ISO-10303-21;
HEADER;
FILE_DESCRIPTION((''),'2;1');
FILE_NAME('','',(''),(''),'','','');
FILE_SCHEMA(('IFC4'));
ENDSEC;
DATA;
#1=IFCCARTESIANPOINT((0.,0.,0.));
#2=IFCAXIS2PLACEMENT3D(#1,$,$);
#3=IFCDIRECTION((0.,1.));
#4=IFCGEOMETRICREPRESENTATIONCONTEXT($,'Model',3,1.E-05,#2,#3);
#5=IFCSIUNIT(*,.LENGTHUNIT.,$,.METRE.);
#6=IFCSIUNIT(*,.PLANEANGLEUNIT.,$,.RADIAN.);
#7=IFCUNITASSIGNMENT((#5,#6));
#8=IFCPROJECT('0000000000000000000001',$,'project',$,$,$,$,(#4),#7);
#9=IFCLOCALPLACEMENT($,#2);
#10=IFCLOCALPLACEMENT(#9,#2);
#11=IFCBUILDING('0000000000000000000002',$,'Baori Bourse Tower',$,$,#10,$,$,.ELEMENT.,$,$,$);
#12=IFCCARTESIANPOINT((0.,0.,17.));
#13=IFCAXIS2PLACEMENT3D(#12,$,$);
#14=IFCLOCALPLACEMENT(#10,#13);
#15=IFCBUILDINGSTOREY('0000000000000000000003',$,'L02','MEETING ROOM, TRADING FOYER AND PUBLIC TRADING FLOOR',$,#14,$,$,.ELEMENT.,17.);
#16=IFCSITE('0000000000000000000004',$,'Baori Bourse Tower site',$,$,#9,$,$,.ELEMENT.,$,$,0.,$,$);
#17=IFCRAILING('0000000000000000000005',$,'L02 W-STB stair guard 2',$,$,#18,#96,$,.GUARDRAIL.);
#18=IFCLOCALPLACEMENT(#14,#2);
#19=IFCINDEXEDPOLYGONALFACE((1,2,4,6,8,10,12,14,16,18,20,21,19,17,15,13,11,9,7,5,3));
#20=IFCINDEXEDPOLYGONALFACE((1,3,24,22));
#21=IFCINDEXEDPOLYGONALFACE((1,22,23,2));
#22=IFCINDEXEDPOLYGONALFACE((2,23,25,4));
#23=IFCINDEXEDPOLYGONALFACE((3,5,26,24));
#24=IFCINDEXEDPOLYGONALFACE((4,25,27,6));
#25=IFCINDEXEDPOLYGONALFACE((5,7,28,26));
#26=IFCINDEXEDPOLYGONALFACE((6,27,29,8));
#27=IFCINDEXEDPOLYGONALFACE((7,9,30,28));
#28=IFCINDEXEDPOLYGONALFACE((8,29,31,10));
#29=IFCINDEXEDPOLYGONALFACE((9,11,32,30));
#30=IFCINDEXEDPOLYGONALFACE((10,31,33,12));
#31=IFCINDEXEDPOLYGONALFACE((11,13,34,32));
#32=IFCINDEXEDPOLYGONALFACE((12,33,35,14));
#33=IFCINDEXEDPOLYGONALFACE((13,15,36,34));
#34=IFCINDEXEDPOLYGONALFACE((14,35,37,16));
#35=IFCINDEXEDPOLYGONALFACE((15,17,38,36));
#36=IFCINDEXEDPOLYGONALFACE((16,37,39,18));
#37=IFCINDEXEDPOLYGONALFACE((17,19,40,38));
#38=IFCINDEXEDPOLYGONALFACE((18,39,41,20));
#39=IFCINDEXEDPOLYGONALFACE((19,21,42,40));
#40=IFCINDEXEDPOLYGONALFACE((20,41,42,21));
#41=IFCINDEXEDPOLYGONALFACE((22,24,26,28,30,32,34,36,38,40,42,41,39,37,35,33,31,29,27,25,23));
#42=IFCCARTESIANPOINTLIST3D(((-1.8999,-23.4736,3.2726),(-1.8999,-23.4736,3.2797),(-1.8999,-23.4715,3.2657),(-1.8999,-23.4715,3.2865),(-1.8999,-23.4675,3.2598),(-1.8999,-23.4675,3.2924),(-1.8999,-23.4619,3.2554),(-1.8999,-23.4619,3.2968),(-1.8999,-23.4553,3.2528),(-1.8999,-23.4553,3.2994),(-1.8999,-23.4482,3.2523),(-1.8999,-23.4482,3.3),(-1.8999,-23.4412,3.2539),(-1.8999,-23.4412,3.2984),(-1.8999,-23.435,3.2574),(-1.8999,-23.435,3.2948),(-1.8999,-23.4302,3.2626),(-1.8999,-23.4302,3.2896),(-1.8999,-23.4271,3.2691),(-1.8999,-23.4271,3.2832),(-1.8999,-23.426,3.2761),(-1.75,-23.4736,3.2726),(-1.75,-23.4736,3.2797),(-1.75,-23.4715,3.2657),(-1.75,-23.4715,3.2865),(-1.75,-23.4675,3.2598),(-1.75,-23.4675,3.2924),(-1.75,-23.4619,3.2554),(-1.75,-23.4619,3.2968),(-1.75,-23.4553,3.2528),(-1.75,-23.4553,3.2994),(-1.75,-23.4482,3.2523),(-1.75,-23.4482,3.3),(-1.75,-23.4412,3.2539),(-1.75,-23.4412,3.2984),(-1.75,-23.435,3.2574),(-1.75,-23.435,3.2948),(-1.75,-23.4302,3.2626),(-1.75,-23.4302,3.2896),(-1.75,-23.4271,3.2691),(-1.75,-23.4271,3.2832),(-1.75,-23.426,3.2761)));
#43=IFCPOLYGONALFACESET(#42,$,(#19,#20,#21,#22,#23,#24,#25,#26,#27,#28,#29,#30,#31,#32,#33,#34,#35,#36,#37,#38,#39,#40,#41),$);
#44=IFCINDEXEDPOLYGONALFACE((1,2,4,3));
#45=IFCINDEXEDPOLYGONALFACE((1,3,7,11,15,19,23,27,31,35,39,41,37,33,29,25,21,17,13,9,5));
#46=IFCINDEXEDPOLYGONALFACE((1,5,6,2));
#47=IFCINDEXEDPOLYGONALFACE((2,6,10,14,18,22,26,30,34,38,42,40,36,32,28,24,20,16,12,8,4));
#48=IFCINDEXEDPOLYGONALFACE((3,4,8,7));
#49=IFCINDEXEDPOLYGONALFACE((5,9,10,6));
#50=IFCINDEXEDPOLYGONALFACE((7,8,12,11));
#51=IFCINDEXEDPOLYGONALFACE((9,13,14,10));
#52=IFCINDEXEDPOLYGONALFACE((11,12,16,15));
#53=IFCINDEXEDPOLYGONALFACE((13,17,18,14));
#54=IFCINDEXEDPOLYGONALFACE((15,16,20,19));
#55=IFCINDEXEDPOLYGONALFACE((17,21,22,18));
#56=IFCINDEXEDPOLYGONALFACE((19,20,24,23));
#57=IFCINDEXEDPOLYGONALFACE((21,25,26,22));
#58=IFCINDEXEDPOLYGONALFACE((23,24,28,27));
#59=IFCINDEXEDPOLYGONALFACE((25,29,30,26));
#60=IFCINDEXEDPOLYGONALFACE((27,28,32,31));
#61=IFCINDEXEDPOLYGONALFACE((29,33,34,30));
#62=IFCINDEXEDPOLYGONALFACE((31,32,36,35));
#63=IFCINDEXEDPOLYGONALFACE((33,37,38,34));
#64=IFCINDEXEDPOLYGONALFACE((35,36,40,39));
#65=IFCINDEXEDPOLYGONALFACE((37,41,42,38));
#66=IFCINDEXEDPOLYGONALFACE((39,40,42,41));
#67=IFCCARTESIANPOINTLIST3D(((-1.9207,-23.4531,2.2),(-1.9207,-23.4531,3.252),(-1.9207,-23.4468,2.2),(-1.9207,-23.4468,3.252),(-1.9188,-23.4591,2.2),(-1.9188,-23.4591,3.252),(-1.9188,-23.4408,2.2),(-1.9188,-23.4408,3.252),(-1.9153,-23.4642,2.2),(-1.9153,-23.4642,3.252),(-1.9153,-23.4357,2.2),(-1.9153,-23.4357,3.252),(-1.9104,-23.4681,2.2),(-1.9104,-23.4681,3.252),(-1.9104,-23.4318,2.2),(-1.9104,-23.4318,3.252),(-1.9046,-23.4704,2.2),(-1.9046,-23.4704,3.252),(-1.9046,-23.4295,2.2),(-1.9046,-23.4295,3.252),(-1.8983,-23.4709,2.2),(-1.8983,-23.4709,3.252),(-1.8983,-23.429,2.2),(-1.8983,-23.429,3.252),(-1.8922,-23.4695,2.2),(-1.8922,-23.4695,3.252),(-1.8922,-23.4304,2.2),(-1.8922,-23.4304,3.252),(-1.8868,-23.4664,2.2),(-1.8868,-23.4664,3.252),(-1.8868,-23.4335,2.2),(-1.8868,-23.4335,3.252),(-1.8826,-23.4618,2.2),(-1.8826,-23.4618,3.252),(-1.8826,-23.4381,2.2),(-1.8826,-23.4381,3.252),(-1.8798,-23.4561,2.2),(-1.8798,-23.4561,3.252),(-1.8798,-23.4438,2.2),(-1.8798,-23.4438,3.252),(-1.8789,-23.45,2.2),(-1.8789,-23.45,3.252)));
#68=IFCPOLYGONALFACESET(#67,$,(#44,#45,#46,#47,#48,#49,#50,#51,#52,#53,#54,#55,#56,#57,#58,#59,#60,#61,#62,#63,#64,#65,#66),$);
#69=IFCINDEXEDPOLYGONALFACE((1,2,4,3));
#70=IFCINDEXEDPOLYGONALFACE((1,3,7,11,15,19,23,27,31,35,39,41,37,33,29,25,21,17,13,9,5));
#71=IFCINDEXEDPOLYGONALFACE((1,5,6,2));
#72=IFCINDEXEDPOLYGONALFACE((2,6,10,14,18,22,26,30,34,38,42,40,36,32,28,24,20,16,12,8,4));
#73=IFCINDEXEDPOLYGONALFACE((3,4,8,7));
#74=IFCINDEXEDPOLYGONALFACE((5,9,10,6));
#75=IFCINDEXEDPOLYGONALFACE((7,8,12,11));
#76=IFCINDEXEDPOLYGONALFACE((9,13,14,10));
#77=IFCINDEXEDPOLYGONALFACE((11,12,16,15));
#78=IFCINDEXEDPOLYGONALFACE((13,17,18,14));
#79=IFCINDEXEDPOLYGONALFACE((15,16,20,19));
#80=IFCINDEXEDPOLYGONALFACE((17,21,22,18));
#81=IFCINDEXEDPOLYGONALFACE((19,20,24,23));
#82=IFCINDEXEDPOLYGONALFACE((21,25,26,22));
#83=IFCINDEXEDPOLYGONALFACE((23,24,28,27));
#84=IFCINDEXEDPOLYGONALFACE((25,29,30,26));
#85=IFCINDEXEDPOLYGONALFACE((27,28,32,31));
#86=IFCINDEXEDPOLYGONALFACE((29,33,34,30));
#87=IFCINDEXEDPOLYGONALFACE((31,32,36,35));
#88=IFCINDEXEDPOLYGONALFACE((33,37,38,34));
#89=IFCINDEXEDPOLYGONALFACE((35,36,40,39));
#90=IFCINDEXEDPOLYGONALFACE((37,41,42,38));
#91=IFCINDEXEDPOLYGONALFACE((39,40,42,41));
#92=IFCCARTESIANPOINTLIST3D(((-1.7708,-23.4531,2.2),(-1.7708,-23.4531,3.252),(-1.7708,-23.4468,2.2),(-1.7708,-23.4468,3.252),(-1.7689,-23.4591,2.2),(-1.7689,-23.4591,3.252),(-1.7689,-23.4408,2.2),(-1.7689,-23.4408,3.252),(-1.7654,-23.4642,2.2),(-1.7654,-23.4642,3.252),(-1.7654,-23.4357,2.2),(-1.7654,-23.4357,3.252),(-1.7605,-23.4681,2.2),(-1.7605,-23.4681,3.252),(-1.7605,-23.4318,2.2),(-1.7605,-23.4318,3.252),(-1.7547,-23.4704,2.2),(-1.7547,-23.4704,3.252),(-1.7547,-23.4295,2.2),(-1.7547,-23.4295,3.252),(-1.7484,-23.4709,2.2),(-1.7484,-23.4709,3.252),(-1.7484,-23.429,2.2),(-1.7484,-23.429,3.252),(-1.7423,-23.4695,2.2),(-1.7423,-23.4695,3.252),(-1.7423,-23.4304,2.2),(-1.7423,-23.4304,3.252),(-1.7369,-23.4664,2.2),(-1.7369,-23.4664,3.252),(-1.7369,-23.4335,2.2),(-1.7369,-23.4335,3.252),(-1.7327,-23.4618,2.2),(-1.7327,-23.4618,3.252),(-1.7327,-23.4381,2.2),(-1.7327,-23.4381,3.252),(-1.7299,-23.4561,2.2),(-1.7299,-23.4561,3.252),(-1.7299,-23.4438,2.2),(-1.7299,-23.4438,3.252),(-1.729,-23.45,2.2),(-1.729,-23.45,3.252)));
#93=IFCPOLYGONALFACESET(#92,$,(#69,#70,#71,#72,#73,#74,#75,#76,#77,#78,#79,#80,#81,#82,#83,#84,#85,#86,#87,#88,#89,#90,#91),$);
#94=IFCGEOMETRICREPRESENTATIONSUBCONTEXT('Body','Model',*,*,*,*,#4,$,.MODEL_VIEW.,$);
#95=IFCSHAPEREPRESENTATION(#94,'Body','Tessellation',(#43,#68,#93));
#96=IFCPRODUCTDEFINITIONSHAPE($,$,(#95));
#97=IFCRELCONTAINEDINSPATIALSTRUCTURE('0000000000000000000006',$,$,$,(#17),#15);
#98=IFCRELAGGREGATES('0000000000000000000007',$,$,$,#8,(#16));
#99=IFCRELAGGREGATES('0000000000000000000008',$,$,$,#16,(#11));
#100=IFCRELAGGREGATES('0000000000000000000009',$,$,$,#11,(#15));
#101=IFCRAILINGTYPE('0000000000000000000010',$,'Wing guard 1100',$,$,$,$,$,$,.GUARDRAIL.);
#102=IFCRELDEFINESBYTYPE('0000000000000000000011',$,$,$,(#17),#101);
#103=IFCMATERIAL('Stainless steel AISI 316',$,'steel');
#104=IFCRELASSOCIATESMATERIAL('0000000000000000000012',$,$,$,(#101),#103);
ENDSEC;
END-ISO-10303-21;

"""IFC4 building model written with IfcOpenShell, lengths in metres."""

from ifc_helpers import new_model, si_unit, direction, frame, origin, origin_2d, place, context, subcontext, project, spatial, circle, extrude, material, type_object, element, save


model = new_model("IFC4")

# Units and contexts
model_context = context("Model", 3, precision=1e-05, world=origin(), true_north=direction((0.0, 1.0)))
body_context = subcontext(model_context, "Body", "Model", "MODEL_VIEW")
ifc_project = project(units=[si_unit("LENGTHUNIT", "METRE"), si_unit("PLANEANGLEUNIT", "RADIAN")], contexts=[model_context])

# Site, building, storey
site_placement = place(None, origin())
site = spatial("IfcSite", under=ifc_project, at=site_placement, Name="Baori Bourse Tower site", CompositionType="ELEMENT", RefElevation=0.0)
building_placement = place(site_placement, origin())
building = spatial("IfcBuilding", under=site, at=building_placement, Name="Baori Bourse Tower", CompositionType="ELEMENT")
storey_placement = place(building_placement, frame((0.0, 0.0, 17.0)))
storey = spatial("IfcBuildingStorey", under=building, at=storey_placement, Name="L02", Description="MEETING ROOM, TRADING FOYER AND PUBLIC TRADING FLOOR", CompositionType="ELEMENT", Elevation=17.0)

# Railing
ifc_material_1 = material(Name="Stainless steel AISI 316", Category="steel")
railing_type_1 = type_object("IfcRailingType", Name="Wing guard 1100", PredefinedType="GUARDRAIL", material=ifc_material_1)
railing_1_placement = place(storey_placement, frame((-1.8999, -23.45, 2.2)))
element("IfcRailing", 1, at=railing_1_placement, inside=storey, type_object=railing_type_1, Name="L02 W-STB stair guard 2", PredefinedType="GUARDRAIL", context=body_context, shape_type="SweptSolid", body=[
    extrude(circle(Radius=0.0239, at=origin_2d()), frame((0.0, 0.0, 1.0762), z_axis=(1.0, 0.0, 0.0), x_axis=(0.0, 1.0, 0.0)), (0.0, 0.0, 1.0), 0.1499),
    extrude(circle(Radius=0.021, at=origin_2d()), origin(), (0.0, 0.0, 1.0), 1.052),
    extrude(circle(Radius=0.021, at=origin_2d()), frame((0.1499, 0.0, 0.0)), (0.0, 0.0, 1.0), 1.052),
])

save(model, "model.ifc")
